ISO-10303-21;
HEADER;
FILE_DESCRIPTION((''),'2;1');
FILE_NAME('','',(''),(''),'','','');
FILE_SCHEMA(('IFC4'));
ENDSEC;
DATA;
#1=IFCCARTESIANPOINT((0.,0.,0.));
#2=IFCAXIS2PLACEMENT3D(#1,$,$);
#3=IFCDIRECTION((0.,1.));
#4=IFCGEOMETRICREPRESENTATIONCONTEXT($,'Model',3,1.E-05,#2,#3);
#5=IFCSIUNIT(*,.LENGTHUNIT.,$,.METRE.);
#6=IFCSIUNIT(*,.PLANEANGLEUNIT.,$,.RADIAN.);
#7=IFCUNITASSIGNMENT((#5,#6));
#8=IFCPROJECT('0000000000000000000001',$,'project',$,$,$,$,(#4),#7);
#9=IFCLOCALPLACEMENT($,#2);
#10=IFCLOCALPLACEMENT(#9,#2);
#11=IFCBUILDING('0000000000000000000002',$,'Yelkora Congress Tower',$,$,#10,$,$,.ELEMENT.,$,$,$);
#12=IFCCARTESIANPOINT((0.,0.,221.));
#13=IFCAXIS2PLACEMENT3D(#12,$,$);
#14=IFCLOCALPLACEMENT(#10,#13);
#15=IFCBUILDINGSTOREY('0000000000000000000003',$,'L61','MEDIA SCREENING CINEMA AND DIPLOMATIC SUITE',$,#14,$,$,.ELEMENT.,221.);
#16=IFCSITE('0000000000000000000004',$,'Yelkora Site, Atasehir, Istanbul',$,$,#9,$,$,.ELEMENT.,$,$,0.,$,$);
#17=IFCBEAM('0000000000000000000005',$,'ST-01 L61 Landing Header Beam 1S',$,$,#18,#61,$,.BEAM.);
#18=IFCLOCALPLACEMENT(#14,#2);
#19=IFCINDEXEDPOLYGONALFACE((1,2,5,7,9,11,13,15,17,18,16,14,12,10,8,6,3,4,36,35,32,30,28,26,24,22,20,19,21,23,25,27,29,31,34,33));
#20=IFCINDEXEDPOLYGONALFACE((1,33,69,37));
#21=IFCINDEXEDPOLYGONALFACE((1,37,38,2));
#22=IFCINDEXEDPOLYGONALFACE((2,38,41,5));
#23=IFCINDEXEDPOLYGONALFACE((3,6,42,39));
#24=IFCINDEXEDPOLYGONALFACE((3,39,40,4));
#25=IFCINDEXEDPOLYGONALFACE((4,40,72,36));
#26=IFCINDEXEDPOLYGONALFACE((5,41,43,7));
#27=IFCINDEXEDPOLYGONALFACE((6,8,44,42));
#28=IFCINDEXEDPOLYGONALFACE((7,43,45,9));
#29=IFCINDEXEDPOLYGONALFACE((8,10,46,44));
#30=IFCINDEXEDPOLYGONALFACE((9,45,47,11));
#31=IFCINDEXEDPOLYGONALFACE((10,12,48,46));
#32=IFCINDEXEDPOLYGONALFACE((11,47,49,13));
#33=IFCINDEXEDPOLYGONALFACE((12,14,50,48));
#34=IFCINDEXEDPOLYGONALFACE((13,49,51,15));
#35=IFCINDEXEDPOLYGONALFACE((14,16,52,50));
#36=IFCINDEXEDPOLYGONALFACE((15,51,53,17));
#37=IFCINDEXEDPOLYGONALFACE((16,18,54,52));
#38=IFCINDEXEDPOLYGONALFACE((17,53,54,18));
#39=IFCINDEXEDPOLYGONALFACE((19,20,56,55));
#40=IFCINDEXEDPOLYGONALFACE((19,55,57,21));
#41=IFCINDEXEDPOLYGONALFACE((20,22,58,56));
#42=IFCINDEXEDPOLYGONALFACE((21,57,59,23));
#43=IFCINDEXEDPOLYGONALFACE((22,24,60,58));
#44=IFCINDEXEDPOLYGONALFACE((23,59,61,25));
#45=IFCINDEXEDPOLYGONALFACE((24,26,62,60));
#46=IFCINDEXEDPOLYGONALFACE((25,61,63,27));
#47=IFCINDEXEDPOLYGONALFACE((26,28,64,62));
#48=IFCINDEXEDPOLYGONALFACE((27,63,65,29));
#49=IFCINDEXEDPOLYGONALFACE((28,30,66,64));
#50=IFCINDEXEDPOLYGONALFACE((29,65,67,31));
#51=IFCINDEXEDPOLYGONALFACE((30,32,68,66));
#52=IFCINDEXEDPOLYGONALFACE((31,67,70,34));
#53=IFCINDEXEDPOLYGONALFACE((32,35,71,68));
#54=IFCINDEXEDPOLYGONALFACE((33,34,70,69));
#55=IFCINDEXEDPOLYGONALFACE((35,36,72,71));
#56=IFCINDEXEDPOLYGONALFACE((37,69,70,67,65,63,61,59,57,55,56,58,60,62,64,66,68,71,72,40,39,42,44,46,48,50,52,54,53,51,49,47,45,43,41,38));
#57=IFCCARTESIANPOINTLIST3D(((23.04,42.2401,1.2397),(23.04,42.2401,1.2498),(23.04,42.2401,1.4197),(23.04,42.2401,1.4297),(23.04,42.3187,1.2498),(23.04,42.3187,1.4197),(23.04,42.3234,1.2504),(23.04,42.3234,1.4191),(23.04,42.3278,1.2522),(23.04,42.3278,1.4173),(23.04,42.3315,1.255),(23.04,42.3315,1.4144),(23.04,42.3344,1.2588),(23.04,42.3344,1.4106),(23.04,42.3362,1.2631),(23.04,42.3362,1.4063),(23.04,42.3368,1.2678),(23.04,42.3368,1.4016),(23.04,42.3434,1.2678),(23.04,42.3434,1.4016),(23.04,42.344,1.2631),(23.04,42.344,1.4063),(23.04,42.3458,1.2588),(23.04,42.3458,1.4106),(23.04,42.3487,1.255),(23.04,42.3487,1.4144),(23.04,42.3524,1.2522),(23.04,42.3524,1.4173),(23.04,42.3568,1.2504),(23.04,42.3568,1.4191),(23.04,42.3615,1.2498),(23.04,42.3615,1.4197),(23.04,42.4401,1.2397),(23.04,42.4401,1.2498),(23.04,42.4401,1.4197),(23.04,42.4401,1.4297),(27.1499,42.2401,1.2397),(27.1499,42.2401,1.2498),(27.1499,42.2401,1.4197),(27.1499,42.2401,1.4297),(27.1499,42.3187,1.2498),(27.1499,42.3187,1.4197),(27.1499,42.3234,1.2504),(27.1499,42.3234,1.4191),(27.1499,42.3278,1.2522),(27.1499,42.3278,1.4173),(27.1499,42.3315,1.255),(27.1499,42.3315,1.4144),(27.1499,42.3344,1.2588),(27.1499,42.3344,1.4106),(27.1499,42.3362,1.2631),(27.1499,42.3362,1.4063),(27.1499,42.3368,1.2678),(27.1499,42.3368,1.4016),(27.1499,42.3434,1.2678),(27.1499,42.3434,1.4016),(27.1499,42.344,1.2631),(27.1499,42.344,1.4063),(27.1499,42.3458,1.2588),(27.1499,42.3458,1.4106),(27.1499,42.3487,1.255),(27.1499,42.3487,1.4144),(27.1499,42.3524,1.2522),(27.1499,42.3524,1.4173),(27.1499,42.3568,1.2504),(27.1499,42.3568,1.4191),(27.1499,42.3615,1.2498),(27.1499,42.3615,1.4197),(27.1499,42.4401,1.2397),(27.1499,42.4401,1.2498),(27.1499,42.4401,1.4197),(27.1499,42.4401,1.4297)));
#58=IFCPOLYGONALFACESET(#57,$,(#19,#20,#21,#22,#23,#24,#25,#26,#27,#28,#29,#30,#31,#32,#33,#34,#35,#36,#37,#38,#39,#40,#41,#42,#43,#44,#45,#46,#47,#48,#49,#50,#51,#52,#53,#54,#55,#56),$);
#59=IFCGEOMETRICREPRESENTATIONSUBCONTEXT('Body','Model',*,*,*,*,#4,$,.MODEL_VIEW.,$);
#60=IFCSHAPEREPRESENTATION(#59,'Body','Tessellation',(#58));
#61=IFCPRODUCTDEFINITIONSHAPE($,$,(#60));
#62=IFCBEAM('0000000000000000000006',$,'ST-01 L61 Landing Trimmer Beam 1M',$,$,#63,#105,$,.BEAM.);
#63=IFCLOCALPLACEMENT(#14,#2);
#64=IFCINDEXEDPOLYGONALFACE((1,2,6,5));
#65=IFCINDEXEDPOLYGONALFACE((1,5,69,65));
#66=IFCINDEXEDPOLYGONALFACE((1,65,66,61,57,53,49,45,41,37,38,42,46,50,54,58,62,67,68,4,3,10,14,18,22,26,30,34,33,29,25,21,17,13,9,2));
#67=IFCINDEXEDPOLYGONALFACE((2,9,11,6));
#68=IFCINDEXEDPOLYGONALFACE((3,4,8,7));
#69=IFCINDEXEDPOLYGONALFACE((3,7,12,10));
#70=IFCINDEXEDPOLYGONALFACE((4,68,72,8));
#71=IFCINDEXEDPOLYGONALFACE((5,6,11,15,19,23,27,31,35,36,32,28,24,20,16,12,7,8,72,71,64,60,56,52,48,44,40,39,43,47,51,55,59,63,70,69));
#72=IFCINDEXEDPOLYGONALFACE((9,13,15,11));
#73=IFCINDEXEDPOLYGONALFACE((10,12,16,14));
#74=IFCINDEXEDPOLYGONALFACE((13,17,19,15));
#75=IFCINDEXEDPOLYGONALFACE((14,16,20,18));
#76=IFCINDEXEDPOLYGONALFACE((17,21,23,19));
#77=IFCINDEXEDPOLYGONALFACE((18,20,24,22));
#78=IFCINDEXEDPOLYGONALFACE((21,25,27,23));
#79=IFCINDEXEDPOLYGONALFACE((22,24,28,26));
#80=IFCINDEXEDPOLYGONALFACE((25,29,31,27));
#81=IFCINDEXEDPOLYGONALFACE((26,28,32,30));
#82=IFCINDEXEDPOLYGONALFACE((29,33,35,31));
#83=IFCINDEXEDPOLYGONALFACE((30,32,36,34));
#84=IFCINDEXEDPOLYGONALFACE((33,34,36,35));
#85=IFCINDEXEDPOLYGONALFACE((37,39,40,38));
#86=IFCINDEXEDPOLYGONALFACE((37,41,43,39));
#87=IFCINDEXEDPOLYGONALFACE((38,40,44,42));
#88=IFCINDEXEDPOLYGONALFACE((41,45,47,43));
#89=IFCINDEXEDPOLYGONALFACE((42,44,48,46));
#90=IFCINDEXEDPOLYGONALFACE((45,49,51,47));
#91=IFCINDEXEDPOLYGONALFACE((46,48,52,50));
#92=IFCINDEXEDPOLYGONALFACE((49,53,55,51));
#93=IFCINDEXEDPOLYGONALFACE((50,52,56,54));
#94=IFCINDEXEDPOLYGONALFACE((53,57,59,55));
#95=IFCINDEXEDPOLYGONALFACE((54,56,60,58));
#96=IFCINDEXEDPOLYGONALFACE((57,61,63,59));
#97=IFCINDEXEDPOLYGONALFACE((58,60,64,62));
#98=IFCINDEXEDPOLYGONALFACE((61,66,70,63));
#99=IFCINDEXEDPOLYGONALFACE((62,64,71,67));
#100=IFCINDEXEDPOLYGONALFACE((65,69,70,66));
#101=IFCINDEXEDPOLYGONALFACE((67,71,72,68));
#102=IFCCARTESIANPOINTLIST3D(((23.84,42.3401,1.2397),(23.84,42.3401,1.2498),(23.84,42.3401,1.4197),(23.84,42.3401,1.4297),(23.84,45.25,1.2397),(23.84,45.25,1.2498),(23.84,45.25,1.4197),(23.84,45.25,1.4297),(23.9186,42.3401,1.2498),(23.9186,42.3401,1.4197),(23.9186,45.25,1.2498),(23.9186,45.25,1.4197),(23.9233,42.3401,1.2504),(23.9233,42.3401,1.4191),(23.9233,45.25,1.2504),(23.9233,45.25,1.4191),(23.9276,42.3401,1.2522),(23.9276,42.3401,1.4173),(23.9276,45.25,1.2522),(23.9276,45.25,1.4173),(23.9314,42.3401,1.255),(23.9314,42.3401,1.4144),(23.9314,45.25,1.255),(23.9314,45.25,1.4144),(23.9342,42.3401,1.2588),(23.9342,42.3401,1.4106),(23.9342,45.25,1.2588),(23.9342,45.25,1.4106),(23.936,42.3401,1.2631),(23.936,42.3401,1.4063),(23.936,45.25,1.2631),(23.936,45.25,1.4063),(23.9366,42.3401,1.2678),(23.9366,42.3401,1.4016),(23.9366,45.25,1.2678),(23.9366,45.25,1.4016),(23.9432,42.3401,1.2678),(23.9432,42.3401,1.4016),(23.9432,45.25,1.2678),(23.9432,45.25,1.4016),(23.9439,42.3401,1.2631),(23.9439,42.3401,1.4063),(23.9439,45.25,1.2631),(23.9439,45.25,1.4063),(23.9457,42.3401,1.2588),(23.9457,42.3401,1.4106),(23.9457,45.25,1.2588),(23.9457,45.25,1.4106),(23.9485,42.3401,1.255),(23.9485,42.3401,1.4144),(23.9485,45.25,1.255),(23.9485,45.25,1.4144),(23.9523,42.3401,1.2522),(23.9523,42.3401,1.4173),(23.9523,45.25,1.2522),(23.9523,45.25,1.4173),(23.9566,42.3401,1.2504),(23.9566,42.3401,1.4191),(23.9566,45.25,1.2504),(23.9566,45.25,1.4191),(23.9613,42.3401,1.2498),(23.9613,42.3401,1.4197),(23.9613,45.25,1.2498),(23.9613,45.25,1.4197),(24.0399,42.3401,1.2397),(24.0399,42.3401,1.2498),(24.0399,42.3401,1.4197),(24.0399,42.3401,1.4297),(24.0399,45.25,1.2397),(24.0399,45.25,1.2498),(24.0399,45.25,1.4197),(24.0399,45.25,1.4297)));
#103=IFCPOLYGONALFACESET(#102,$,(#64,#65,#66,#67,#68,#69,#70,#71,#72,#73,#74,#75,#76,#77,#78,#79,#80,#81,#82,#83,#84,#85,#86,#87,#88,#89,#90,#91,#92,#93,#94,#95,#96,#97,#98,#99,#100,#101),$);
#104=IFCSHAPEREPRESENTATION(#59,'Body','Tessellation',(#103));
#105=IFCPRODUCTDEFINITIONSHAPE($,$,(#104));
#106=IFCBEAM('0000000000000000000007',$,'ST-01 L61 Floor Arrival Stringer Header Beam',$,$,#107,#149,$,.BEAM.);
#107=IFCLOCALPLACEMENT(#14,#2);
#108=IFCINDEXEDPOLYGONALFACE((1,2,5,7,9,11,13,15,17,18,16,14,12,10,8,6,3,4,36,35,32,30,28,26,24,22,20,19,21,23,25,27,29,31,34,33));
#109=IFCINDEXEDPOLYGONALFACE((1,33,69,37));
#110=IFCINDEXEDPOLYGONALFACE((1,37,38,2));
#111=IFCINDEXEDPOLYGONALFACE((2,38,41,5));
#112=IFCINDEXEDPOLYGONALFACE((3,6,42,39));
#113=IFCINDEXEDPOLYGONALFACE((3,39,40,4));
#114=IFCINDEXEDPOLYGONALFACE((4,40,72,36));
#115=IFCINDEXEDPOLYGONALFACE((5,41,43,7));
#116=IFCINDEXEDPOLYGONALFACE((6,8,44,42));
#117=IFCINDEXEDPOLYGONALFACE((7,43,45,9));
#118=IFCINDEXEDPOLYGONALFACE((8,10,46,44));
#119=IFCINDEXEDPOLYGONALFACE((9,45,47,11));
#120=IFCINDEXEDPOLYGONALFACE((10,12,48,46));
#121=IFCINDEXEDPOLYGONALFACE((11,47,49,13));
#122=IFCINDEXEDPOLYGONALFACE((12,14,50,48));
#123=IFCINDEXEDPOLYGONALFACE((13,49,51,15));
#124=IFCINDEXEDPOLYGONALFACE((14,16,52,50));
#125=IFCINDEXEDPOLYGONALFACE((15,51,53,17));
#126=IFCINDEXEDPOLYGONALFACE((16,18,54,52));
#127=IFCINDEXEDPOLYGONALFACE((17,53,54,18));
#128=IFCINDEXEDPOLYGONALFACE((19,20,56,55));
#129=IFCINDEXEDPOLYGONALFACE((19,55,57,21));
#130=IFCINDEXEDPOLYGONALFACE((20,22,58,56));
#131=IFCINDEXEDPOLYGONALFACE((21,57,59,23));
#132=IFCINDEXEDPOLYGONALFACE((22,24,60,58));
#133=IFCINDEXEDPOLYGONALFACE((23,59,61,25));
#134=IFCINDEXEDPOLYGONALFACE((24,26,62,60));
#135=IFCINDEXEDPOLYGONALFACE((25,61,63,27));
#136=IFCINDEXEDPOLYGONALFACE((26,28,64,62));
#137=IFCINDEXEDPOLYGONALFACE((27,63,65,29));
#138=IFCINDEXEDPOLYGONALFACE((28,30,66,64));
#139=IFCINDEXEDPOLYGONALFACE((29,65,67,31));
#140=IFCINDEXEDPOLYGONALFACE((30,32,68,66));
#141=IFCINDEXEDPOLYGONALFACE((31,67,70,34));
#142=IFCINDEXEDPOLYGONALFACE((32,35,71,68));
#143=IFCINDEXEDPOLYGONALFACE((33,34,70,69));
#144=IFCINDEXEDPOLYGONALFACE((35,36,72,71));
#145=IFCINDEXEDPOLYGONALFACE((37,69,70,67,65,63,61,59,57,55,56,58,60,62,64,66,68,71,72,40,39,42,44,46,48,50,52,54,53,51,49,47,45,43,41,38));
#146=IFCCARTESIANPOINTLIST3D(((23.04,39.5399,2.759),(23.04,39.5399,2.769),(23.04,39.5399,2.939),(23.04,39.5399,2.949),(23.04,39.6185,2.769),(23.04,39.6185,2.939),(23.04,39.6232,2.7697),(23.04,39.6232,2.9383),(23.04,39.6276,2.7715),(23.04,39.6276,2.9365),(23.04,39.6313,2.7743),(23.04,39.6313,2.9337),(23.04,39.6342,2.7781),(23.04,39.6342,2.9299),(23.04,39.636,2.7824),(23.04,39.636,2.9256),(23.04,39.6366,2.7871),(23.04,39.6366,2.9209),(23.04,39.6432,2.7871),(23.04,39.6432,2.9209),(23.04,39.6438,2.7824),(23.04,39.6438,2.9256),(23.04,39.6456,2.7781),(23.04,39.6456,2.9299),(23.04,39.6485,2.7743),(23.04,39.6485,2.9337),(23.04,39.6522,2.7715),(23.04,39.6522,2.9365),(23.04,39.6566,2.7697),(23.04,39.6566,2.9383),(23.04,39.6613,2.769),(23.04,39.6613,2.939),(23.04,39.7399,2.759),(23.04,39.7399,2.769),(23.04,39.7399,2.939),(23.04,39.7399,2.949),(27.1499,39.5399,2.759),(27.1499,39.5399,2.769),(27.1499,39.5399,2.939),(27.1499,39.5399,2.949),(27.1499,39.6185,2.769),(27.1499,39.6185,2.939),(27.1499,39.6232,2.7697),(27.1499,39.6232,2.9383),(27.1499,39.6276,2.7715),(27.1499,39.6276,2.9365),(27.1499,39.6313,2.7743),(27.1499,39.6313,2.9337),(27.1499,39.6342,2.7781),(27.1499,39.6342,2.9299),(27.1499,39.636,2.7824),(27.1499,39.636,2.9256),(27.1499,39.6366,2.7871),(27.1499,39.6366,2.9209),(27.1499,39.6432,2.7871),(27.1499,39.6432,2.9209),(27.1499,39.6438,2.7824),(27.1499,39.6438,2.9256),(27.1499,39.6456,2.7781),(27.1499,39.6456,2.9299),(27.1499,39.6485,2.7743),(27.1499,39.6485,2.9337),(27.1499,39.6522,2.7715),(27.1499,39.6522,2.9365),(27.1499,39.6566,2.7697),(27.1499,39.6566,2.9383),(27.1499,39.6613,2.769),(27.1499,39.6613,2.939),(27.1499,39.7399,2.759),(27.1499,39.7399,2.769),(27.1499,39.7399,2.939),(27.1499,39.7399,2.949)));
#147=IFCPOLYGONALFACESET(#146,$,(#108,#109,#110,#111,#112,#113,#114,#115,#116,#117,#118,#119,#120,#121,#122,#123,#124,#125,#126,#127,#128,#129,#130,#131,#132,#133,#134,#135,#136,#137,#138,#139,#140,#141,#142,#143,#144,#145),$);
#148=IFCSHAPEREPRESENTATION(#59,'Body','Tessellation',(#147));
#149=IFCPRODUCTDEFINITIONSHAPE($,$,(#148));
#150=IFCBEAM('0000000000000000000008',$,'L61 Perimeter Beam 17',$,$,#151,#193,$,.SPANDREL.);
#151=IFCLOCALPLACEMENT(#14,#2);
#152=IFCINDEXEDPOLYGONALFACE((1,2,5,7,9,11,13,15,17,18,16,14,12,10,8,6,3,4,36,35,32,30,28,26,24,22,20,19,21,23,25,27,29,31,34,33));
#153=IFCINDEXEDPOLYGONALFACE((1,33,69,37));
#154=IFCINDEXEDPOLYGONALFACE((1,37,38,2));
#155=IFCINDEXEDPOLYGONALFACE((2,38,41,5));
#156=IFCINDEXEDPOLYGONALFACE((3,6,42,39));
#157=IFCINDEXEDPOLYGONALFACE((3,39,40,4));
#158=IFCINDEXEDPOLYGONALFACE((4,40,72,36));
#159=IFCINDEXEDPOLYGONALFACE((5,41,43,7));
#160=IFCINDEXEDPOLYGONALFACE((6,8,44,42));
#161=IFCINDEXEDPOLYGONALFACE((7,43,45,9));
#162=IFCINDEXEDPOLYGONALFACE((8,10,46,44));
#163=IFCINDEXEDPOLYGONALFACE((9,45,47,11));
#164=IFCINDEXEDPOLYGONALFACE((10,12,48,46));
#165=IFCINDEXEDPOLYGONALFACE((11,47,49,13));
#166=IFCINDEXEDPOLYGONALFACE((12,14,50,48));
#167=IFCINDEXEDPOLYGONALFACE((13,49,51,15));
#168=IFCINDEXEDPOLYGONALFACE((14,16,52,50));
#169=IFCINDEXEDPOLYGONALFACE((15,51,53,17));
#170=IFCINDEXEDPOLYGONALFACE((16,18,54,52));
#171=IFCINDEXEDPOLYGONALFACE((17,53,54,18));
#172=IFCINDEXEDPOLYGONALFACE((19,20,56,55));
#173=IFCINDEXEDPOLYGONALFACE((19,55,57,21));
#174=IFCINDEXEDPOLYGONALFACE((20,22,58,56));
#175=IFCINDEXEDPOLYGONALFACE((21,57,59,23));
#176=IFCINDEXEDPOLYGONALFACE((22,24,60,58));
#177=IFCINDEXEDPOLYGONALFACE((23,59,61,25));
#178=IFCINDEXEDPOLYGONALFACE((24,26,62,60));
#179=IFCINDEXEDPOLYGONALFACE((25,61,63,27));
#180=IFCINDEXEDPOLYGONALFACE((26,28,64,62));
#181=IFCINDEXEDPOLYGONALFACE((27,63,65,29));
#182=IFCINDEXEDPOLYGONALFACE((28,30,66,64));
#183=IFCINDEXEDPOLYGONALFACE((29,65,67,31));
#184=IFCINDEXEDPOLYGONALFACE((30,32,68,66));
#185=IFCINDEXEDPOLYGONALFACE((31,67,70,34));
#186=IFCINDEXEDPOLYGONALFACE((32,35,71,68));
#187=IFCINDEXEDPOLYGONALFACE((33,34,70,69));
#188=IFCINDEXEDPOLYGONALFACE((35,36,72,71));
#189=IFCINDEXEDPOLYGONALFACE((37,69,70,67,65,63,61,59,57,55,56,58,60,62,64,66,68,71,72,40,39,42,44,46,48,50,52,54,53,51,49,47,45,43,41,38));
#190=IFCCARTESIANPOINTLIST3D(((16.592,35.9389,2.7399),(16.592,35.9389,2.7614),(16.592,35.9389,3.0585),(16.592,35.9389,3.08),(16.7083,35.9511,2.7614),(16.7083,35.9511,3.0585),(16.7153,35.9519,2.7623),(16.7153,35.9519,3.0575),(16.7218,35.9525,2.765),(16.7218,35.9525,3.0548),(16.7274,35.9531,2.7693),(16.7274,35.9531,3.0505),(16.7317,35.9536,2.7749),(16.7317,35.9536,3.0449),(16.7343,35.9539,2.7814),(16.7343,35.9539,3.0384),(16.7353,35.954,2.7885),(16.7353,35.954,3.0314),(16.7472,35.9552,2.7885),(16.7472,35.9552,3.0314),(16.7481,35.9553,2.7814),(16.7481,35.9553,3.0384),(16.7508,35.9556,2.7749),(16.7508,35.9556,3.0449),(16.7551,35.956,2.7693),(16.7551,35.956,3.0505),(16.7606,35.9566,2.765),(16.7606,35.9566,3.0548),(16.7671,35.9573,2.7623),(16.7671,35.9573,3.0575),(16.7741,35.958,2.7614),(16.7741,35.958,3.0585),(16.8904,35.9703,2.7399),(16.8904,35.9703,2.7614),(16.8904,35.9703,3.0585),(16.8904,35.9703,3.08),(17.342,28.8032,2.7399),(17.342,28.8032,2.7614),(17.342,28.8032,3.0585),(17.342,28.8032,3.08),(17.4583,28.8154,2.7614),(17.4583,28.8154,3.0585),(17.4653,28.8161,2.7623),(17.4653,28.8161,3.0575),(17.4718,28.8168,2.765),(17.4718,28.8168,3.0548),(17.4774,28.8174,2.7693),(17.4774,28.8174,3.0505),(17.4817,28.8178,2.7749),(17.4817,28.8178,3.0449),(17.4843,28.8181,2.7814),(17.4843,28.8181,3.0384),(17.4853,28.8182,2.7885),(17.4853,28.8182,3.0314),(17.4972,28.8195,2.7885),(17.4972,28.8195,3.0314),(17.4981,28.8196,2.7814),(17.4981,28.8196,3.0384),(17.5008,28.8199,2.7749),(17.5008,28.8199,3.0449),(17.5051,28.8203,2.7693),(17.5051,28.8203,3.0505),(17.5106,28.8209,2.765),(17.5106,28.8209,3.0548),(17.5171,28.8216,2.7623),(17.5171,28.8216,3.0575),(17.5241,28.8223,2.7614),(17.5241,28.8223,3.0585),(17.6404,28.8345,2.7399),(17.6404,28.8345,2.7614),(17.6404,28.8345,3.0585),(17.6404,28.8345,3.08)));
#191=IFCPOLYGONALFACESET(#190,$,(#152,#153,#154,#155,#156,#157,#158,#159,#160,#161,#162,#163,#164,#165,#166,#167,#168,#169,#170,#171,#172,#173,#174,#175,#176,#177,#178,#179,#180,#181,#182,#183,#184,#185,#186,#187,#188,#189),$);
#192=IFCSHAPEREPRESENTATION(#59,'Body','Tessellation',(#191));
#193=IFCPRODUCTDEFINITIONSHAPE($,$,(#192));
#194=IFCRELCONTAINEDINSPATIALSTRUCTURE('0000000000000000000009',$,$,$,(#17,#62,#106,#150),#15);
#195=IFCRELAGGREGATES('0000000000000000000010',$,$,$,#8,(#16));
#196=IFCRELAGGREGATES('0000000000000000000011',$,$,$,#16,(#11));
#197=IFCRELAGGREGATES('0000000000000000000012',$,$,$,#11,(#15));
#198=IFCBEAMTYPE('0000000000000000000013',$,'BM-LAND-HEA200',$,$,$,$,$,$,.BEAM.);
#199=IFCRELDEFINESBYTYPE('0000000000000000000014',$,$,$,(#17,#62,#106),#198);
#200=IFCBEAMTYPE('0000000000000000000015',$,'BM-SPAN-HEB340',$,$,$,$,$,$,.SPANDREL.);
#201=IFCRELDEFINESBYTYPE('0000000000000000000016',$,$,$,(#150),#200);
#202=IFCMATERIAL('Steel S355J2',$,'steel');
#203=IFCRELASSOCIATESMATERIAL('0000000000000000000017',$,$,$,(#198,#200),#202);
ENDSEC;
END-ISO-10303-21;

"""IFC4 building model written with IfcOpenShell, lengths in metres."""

from ifc_helpers import new_model, si_unit, direction, frame, origin, origin_2d, place, context, subcontext, project, spatial, i_section, extrude, material, material_profile, profile_set, type_object, element, save


model = new_model("IFC4")

# Units and contexts
model_context = context("Model", 3, precision=1e-05, world=origin(), true_north=direction((0.0, 1.0)))
body_context = subcontext(model_context, "Body", "Model", "MODEL_VIEW")
ifc_project = project(units=[si_unit("LENGTHUNIT", "METRE"), si_unit("PLANEANGLEUNIT", "RADIAN")], contexts=[model_context])

# Site, building, storey
site_placement = place(None, origin())
site = spatial("IfcSite", under=ifc_project, at=site_placement, Name="Yelkora Site, Atasehir, Istanbul", CompositionType="ELEMENT", RefElevation=0.0)
building_placement = place(site_placement, origin())
building = spatial("IfcBuilding", under=site, at=building_placement, Name="Yelkora Congress Tower", CompositionType="ELEMENT")
storey_placement = place(building_placement, frame((0.0, 0.0, 221.0)))
storey = spatial("IfcBuildingStorey", under=building, at=storey_placement, Name="L61", Description="MEDIA SCREENING CINEMA AND DIPLOMATIC SUITE", CompositionType="ELEMENT", Elevation=221.0)

# Shared definitions
ifc_material_1 = material(Name="Steel S355J2", Category="steel")

# Beams
ifc_material_profile_1 = material_profile(ifc_material_1, i_section(OverallWidth=0.2, OverallDepth=0.1899, WebThickness=0.0066, FlangeThickness=0.01, FilletRadius=0.0181, at=origin_2d()), Name="HEA 200")
ifc_profile_set_1 = profile_set([ifc_material_profile_1], Name="Steel S355J2")
beam_type_1 = type_object("IfcBeamType", Name="BM-LAND-HEA200", PredefinedType="BEAM", material=ifc_profile_set_1)
beam_1_placement = place(storey_placement, frame((23.04, 42.3401, 1.3347), z_axis=(1.0, 0.0, 0.0), x_axis=(0.0, 1.0, 0.0)))
element("IfcBeam", 1, at=beam_1_placement, inside=storey, type_object=beam_type_1, Name="ST-01 L61 Landing Header Beam 1S", PredefinedType="BEAM", context=body_context, shape_type="SweptSolid", body=[
    extrude(i_section(OverallWidth=0.2, OverallDepth=0.1899, WebThickness=0.0066, FlangeThickness=0.01, FilletRadius=0.0181, at=origin_2d()), origin(), (0.0, 0.0, 1.0), 4.1099),
])
beam_2_placement = place(storey_placement, frame((23.9399, 42.3401, 1.3347), z_axis=(0.0, 1.0, 0.0), x_axis=(-1.0, 0.0, 0.0)))
element("IfcBeam", 2, at=beam_2_placement, inside=storey, type_object=beam_type_1, Name="ST-01 L61 Landing Trimmer Beam 1M", PredefinedType="BEAM", context=body_context, shape_type="SweptSolid", body=[
    extrude(i_section(OverallWidth=0.2, OverallDepth=0.1899, WebThickness=0.0066, FlangeThickness=0.01, FilletRadius=0.0181, at=origin_2d()), origin(), (0.0, 0.0, 1.0), 2.9099),
])
beam_3_placement = place(storey_placement, frame((23.04, 39.6399, 2.854), z_axis=(1.0, 0.0, 0.0), x_axis=(0.0, 1.0, 0.0)))
element("IfcBeam", 3, at=beam_3_placement, inside=storey, type_object=beam_type_1, Name="ST-01 L61 Floor Arrival Stringer Header Beam", PredefinedType="BEAM", context=body_context, shape_type="SweptSolid", body=[
    extrude(i_section(OverallWidth=0.2, OverallDepth=0.1899, WebThickness=0.0066, FlangeThickness=0.01, FilletRadius=0.0181, at=origin_2d()), origin(), (0.0, 0.0, 1.0), 4.1099),
])
ifc_material_profile_2 = material_profile(ifc_material_1, i_section(OverallWidth=0.3, OverallDepth=0.3401, WebThickness=0.012, FlangeThickness=0.0215, FilletRadius=0.0271, at=origin_2d()), Name="HEB 340")
ifc_profile_set_2 = profile_set([ifc_material_profile_2], Name="Steel S355J2")
beam_type_2 = type_object("IfcBeamType", Name="BM-SPAN-HEB340", PredefinedType="SPANDREL", material=ifc_profile_set_2)
beam_4_placement = place(storey_placement, frame((16.7412, 35.9546, 2.9099), z_axis=(0.104529, -0.994522, 0.0), x_axis=(0.994522, 0.104529, 0.0)))
element("IfcBeam", 4, at=beam_4_placement, inside=storey, type_object=beam_type_2, Name="L61 Perimeter Beam 17", PredefinedType="SPANDREL", context=body_context, shape_type="SweptSolid", body=[
    extrude(i_section(OverallWidth=0.3, OverallDepth=0.3401, WebThickness=0.012, FlangeThickness=0.0215, FilletRadius=0.0271, at=origin_2d()), origin(), (0.0, 0.0, 1.0), 7.175),
])

save(model, "model.ifc")
